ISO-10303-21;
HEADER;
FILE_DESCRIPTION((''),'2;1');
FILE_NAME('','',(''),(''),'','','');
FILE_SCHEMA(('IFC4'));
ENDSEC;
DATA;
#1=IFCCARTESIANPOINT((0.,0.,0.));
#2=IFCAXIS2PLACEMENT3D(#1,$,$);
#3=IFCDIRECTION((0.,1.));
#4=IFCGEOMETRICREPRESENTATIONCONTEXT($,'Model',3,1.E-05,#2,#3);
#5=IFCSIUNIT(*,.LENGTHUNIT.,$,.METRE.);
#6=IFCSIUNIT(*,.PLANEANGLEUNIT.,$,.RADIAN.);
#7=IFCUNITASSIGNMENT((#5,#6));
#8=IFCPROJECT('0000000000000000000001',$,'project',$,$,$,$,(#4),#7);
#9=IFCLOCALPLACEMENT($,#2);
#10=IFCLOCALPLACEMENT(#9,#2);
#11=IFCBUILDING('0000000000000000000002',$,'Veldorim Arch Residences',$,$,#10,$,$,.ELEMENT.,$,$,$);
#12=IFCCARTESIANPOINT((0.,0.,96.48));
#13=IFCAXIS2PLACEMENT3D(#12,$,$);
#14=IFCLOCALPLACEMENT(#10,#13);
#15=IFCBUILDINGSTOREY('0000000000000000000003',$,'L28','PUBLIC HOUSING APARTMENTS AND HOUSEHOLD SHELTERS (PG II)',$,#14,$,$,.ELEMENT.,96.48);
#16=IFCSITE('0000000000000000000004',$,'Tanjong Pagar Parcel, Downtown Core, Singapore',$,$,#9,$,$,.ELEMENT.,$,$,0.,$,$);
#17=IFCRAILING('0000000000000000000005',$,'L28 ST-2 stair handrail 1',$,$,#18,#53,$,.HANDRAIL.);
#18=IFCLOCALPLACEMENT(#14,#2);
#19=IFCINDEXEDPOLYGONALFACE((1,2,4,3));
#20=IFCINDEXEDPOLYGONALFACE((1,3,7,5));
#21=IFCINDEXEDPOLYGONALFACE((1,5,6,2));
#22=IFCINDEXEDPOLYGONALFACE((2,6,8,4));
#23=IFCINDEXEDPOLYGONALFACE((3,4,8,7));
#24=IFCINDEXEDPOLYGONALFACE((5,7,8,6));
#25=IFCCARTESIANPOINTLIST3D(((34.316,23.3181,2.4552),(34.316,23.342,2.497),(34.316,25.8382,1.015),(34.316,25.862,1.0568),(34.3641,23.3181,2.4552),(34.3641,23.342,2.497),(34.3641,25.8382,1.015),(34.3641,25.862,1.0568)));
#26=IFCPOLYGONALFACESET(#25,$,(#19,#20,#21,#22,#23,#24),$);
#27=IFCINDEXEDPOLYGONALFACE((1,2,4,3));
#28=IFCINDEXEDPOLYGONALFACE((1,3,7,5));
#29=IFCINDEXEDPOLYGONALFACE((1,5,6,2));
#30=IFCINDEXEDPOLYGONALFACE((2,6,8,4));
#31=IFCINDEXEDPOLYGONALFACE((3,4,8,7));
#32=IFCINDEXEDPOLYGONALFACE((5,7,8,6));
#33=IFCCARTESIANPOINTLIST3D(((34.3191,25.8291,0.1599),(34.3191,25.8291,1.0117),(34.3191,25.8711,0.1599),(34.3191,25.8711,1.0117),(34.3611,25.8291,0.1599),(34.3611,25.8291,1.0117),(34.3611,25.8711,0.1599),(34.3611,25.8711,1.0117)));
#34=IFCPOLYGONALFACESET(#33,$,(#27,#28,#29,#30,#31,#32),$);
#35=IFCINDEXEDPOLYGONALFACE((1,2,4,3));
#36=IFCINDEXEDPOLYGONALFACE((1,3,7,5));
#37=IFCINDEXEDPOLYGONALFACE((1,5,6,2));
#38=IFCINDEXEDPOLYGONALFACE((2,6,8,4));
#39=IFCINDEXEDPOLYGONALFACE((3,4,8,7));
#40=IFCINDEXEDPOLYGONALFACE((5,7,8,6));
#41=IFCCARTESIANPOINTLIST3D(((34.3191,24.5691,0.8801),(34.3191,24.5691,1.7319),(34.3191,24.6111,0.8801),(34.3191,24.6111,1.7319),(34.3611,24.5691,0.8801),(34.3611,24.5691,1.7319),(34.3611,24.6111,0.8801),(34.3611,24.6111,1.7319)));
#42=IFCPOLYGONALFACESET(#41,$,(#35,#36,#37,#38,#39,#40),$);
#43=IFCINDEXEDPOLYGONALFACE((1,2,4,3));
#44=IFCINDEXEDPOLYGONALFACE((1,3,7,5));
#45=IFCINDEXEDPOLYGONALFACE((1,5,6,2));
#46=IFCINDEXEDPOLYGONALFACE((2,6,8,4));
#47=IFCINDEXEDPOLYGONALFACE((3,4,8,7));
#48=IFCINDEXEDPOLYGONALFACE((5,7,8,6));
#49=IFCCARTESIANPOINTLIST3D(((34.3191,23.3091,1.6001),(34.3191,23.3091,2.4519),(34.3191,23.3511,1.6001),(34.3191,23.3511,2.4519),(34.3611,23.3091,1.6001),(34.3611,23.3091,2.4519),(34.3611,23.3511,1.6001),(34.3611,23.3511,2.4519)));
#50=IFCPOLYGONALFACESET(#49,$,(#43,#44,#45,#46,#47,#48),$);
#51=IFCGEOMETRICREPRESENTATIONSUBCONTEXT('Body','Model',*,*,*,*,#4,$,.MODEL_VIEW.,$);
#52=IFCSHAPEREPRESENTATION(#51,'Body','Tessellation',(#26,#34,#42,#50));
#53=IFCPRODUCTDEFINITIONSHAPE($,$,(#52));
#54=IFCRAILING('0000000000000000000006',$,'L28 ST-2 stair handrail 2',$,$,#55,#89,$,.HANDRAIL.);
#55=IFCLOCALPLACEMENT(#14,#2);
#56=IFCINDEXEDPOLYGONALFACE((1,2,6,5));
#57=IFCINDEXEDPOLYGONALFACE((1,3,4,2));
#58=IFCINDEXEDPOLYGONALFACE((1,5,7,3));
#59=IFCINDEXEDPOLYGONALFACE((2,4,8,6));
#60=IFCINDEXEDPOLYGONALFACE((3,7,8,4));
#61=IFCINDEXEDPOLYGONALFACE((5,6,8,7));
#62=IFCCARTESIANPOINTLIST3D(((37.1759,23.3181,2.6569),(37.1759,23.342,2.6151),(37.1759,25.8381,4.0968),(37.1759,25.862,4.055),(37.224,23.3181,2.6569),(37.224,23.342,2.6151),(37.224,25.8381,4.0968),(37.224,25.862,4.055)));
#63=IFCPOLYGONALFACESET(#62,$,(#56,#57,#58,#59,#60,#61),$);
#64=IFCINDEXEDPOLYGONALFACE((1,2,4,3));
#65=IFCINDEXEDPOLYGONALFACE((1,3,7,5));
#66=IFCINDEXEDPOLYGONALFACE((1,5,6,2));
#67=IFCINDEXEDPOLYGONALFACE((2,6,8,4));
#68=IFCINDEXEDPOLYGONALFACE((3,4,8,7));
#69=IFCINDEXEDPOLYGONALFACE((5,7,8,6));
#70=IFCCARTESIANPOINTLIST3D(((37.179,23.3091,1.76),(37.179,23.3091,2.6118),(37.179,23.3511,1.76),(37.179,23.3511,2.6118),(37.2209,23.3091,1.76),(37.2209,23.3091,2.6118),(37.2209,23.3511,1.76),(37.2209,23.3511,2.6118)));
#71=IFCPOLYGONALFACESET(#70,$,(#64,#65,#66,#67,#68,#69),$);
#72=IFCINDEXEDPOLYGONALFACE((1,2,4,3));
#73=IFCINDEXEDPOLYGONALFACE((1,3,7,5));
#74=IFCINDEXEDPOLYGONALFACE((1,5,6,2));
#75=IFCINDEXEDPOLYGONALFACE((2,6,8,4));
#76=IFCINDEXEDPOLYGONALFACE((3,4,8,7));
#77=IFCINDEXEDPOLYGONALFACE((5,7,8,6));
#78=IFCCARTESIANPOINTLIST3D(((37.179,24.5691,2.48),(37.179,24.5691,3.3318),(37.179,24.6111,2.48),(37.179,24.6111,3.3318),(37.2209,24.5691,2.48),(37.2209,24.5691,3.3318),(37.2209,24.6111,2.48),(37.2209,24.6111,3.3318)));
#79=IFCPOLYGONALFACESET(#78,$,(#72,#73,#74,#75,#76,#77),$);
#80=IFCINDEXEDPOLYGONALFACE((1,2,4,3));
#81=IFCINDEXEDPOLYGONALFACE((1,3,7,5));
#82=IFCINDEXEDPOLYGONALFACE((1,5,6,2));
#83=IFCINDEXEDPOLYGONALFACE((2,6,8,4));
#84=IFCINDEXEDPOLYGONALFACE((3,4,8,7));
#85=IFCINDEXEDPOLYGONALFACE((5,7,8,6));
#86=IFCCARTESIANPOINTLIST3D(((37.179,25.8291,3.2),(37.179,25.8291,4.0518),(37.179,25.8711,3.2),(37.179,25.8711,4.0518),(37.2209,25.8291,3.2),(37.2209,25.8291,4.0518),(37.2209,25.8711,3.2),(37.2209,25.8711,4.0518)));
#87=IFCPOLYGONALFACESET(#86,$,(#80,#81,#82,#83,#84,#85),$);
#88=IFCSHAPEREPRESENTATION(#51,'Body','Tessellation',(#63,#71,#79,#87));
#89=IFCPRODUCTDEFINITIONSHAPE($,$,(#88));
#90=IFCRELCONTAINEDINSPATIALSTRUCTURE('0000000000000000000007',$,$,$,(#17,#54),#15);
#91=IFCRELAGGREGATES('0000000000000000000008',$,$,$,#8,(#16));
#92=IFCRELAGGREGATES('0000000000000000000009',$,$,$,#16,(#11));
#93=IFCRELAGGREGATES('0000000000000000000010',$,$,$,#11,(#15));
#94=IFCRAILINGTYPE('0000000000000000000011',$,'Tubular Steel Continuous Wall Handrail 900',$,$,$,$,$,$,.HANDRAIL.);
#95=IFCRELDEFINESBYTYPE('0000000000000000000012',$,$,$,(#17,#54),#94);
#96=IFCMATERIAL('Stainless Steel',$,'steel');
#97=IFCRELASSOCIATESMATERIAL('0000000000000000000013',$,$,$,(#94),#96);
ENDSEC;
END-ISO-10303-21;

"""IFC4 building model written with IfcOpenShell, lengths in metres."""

from ifc_helpers import new_model, si_unit, direction, frame, origin, origin_2d, place, context, subcontext, project, spatial, rectangle, extrude, material, type_object, element, save


model = new_model("IFC4")

# Units and contexts
model_context = context("Model", 3, precision=1e-05, world=origin(), true_north=direction((0.0, 1.0)))
body_context = subcontext(model_context, "Body", "Model", "MODEL_VIEW")
ifc_project = project(units=[si_unit("LENGTHUNIT", "METRE"), si_unit("PLANEANGLEUNIT", "RADIAN")], contexts=[model_context])

# Site, building, storey
site_placement = place(None, origin())
site = spatial("IfcSite", under=ifc_project, at=site_placement, Name="Tanjong Pagar Parcel, Downtown Core, Singapore", CompositionType="ELEMENT", RefElevation=0.0)
building_placement = place(site_placement, origin())
building = spatial("IfcBuilding", under=site, at=building_placement, Name="Veldorim Arch Residences", CompositionType="ELEMENT")
storey_placement = place(building_placement, frame((0.0, 0.0, 96.48)))
storey = spatial("IfcBuildingStorey", under=building, at=storey_placement, Name="L28", Description="PUBLIC HOUSING APARTMENTS AND HOUSEHOLD SHELTERS (PG II)", CompositionType="ELEMENT", Elevation=96.48)

# Railings
ifc_material_1 = material(Name="Stainless Steel", Category="steel")
railing_type_1 = type_object("IfcRailingType", Name="Tubular Steel Continuous Wall Handrail 900", PredefinedType="HANDRAIL", material=ifc_material_1)
railing_1_placement = place(storey_placement, frame((34.3401, 25.8501, 0.1599)))
element("IfcRailing", 1, at=railing_1_placement, inside=storey, type_object=railing_type_1, Name="L28 ST-2 stair handrail 1", PredefinedType="HANDRAIL", context=body_context, shape_type="SweptSolid", body=[
    extrude(rectangle(XDim=0.0481, YDim=0.0481, at=origin_2d()), frame((0.0, 0.0, 0.876), z_axis=(0.0, -0.868217, 0.496184), x_axis=(1.0, 0.0, 0.0)), (0.0, 0.0, 1.0), 2.9026),
    extrude(rectangle(XDim=0.042, YDim=0.042, at=origin_2d()), origin(), (0.0, 0.0, 1.0), 0.8518),
    extrude(rectangle(XDim=0.042, YDim=0.042, at=origin_2d()), frame((0.0, -1.26, 0.7202)), (0.0, 0.0, 1.0), 0.8518),
    extrude(rectangle(XDim=0.042, YDim=0.042, at=origin_2d()), frame((0.0, -2.52, 1.4402)), (0.0, 0.0, 1.0), 0.8518),
])
railing_2_placement = place(storey_placement, frame((37.2, 23.3301, 1.76)))
element("IfcRailing", 2, at=railing_2_placement, inside=storey, type_object=railing_type_1, Name="L28 ST-2 stair handrail 2", PredefinedType="HANDRAIL", context=body_context, shape_type="SweptSolid", body=[
    extrude(rectangle(XDim=0.0481, YDim=0.0481, at=origin_2d()), frame((0.0, 0.0, 0.876), z_axis=(0.0, 0.868253, 0.496121), x_axis=(-1.0, 0.0, 0.0)), (0.0, 0.0, 1.0), 2.9023),
    extrude(rectangle(XDim=0.042, YDim=0.042, at=origin_2d()), origin(), (0.0, 0.0, 1.0), 0.8518),
    extrude(rectangle(XDim=0.042, YDim=0.042, at=origin_2d()), frame((0.0, 1.26, 0.72)), (0.0, 0.0, 1.0), 0.8518),
    extrude(rectangle(XDim=0.042, YDim=0.042, at=origin_2d()), frame((0.0, 2.52, 1.4399)), (0.0, 0.0, 1.0), 0.8518),
])

save(model, "model.ifc")
